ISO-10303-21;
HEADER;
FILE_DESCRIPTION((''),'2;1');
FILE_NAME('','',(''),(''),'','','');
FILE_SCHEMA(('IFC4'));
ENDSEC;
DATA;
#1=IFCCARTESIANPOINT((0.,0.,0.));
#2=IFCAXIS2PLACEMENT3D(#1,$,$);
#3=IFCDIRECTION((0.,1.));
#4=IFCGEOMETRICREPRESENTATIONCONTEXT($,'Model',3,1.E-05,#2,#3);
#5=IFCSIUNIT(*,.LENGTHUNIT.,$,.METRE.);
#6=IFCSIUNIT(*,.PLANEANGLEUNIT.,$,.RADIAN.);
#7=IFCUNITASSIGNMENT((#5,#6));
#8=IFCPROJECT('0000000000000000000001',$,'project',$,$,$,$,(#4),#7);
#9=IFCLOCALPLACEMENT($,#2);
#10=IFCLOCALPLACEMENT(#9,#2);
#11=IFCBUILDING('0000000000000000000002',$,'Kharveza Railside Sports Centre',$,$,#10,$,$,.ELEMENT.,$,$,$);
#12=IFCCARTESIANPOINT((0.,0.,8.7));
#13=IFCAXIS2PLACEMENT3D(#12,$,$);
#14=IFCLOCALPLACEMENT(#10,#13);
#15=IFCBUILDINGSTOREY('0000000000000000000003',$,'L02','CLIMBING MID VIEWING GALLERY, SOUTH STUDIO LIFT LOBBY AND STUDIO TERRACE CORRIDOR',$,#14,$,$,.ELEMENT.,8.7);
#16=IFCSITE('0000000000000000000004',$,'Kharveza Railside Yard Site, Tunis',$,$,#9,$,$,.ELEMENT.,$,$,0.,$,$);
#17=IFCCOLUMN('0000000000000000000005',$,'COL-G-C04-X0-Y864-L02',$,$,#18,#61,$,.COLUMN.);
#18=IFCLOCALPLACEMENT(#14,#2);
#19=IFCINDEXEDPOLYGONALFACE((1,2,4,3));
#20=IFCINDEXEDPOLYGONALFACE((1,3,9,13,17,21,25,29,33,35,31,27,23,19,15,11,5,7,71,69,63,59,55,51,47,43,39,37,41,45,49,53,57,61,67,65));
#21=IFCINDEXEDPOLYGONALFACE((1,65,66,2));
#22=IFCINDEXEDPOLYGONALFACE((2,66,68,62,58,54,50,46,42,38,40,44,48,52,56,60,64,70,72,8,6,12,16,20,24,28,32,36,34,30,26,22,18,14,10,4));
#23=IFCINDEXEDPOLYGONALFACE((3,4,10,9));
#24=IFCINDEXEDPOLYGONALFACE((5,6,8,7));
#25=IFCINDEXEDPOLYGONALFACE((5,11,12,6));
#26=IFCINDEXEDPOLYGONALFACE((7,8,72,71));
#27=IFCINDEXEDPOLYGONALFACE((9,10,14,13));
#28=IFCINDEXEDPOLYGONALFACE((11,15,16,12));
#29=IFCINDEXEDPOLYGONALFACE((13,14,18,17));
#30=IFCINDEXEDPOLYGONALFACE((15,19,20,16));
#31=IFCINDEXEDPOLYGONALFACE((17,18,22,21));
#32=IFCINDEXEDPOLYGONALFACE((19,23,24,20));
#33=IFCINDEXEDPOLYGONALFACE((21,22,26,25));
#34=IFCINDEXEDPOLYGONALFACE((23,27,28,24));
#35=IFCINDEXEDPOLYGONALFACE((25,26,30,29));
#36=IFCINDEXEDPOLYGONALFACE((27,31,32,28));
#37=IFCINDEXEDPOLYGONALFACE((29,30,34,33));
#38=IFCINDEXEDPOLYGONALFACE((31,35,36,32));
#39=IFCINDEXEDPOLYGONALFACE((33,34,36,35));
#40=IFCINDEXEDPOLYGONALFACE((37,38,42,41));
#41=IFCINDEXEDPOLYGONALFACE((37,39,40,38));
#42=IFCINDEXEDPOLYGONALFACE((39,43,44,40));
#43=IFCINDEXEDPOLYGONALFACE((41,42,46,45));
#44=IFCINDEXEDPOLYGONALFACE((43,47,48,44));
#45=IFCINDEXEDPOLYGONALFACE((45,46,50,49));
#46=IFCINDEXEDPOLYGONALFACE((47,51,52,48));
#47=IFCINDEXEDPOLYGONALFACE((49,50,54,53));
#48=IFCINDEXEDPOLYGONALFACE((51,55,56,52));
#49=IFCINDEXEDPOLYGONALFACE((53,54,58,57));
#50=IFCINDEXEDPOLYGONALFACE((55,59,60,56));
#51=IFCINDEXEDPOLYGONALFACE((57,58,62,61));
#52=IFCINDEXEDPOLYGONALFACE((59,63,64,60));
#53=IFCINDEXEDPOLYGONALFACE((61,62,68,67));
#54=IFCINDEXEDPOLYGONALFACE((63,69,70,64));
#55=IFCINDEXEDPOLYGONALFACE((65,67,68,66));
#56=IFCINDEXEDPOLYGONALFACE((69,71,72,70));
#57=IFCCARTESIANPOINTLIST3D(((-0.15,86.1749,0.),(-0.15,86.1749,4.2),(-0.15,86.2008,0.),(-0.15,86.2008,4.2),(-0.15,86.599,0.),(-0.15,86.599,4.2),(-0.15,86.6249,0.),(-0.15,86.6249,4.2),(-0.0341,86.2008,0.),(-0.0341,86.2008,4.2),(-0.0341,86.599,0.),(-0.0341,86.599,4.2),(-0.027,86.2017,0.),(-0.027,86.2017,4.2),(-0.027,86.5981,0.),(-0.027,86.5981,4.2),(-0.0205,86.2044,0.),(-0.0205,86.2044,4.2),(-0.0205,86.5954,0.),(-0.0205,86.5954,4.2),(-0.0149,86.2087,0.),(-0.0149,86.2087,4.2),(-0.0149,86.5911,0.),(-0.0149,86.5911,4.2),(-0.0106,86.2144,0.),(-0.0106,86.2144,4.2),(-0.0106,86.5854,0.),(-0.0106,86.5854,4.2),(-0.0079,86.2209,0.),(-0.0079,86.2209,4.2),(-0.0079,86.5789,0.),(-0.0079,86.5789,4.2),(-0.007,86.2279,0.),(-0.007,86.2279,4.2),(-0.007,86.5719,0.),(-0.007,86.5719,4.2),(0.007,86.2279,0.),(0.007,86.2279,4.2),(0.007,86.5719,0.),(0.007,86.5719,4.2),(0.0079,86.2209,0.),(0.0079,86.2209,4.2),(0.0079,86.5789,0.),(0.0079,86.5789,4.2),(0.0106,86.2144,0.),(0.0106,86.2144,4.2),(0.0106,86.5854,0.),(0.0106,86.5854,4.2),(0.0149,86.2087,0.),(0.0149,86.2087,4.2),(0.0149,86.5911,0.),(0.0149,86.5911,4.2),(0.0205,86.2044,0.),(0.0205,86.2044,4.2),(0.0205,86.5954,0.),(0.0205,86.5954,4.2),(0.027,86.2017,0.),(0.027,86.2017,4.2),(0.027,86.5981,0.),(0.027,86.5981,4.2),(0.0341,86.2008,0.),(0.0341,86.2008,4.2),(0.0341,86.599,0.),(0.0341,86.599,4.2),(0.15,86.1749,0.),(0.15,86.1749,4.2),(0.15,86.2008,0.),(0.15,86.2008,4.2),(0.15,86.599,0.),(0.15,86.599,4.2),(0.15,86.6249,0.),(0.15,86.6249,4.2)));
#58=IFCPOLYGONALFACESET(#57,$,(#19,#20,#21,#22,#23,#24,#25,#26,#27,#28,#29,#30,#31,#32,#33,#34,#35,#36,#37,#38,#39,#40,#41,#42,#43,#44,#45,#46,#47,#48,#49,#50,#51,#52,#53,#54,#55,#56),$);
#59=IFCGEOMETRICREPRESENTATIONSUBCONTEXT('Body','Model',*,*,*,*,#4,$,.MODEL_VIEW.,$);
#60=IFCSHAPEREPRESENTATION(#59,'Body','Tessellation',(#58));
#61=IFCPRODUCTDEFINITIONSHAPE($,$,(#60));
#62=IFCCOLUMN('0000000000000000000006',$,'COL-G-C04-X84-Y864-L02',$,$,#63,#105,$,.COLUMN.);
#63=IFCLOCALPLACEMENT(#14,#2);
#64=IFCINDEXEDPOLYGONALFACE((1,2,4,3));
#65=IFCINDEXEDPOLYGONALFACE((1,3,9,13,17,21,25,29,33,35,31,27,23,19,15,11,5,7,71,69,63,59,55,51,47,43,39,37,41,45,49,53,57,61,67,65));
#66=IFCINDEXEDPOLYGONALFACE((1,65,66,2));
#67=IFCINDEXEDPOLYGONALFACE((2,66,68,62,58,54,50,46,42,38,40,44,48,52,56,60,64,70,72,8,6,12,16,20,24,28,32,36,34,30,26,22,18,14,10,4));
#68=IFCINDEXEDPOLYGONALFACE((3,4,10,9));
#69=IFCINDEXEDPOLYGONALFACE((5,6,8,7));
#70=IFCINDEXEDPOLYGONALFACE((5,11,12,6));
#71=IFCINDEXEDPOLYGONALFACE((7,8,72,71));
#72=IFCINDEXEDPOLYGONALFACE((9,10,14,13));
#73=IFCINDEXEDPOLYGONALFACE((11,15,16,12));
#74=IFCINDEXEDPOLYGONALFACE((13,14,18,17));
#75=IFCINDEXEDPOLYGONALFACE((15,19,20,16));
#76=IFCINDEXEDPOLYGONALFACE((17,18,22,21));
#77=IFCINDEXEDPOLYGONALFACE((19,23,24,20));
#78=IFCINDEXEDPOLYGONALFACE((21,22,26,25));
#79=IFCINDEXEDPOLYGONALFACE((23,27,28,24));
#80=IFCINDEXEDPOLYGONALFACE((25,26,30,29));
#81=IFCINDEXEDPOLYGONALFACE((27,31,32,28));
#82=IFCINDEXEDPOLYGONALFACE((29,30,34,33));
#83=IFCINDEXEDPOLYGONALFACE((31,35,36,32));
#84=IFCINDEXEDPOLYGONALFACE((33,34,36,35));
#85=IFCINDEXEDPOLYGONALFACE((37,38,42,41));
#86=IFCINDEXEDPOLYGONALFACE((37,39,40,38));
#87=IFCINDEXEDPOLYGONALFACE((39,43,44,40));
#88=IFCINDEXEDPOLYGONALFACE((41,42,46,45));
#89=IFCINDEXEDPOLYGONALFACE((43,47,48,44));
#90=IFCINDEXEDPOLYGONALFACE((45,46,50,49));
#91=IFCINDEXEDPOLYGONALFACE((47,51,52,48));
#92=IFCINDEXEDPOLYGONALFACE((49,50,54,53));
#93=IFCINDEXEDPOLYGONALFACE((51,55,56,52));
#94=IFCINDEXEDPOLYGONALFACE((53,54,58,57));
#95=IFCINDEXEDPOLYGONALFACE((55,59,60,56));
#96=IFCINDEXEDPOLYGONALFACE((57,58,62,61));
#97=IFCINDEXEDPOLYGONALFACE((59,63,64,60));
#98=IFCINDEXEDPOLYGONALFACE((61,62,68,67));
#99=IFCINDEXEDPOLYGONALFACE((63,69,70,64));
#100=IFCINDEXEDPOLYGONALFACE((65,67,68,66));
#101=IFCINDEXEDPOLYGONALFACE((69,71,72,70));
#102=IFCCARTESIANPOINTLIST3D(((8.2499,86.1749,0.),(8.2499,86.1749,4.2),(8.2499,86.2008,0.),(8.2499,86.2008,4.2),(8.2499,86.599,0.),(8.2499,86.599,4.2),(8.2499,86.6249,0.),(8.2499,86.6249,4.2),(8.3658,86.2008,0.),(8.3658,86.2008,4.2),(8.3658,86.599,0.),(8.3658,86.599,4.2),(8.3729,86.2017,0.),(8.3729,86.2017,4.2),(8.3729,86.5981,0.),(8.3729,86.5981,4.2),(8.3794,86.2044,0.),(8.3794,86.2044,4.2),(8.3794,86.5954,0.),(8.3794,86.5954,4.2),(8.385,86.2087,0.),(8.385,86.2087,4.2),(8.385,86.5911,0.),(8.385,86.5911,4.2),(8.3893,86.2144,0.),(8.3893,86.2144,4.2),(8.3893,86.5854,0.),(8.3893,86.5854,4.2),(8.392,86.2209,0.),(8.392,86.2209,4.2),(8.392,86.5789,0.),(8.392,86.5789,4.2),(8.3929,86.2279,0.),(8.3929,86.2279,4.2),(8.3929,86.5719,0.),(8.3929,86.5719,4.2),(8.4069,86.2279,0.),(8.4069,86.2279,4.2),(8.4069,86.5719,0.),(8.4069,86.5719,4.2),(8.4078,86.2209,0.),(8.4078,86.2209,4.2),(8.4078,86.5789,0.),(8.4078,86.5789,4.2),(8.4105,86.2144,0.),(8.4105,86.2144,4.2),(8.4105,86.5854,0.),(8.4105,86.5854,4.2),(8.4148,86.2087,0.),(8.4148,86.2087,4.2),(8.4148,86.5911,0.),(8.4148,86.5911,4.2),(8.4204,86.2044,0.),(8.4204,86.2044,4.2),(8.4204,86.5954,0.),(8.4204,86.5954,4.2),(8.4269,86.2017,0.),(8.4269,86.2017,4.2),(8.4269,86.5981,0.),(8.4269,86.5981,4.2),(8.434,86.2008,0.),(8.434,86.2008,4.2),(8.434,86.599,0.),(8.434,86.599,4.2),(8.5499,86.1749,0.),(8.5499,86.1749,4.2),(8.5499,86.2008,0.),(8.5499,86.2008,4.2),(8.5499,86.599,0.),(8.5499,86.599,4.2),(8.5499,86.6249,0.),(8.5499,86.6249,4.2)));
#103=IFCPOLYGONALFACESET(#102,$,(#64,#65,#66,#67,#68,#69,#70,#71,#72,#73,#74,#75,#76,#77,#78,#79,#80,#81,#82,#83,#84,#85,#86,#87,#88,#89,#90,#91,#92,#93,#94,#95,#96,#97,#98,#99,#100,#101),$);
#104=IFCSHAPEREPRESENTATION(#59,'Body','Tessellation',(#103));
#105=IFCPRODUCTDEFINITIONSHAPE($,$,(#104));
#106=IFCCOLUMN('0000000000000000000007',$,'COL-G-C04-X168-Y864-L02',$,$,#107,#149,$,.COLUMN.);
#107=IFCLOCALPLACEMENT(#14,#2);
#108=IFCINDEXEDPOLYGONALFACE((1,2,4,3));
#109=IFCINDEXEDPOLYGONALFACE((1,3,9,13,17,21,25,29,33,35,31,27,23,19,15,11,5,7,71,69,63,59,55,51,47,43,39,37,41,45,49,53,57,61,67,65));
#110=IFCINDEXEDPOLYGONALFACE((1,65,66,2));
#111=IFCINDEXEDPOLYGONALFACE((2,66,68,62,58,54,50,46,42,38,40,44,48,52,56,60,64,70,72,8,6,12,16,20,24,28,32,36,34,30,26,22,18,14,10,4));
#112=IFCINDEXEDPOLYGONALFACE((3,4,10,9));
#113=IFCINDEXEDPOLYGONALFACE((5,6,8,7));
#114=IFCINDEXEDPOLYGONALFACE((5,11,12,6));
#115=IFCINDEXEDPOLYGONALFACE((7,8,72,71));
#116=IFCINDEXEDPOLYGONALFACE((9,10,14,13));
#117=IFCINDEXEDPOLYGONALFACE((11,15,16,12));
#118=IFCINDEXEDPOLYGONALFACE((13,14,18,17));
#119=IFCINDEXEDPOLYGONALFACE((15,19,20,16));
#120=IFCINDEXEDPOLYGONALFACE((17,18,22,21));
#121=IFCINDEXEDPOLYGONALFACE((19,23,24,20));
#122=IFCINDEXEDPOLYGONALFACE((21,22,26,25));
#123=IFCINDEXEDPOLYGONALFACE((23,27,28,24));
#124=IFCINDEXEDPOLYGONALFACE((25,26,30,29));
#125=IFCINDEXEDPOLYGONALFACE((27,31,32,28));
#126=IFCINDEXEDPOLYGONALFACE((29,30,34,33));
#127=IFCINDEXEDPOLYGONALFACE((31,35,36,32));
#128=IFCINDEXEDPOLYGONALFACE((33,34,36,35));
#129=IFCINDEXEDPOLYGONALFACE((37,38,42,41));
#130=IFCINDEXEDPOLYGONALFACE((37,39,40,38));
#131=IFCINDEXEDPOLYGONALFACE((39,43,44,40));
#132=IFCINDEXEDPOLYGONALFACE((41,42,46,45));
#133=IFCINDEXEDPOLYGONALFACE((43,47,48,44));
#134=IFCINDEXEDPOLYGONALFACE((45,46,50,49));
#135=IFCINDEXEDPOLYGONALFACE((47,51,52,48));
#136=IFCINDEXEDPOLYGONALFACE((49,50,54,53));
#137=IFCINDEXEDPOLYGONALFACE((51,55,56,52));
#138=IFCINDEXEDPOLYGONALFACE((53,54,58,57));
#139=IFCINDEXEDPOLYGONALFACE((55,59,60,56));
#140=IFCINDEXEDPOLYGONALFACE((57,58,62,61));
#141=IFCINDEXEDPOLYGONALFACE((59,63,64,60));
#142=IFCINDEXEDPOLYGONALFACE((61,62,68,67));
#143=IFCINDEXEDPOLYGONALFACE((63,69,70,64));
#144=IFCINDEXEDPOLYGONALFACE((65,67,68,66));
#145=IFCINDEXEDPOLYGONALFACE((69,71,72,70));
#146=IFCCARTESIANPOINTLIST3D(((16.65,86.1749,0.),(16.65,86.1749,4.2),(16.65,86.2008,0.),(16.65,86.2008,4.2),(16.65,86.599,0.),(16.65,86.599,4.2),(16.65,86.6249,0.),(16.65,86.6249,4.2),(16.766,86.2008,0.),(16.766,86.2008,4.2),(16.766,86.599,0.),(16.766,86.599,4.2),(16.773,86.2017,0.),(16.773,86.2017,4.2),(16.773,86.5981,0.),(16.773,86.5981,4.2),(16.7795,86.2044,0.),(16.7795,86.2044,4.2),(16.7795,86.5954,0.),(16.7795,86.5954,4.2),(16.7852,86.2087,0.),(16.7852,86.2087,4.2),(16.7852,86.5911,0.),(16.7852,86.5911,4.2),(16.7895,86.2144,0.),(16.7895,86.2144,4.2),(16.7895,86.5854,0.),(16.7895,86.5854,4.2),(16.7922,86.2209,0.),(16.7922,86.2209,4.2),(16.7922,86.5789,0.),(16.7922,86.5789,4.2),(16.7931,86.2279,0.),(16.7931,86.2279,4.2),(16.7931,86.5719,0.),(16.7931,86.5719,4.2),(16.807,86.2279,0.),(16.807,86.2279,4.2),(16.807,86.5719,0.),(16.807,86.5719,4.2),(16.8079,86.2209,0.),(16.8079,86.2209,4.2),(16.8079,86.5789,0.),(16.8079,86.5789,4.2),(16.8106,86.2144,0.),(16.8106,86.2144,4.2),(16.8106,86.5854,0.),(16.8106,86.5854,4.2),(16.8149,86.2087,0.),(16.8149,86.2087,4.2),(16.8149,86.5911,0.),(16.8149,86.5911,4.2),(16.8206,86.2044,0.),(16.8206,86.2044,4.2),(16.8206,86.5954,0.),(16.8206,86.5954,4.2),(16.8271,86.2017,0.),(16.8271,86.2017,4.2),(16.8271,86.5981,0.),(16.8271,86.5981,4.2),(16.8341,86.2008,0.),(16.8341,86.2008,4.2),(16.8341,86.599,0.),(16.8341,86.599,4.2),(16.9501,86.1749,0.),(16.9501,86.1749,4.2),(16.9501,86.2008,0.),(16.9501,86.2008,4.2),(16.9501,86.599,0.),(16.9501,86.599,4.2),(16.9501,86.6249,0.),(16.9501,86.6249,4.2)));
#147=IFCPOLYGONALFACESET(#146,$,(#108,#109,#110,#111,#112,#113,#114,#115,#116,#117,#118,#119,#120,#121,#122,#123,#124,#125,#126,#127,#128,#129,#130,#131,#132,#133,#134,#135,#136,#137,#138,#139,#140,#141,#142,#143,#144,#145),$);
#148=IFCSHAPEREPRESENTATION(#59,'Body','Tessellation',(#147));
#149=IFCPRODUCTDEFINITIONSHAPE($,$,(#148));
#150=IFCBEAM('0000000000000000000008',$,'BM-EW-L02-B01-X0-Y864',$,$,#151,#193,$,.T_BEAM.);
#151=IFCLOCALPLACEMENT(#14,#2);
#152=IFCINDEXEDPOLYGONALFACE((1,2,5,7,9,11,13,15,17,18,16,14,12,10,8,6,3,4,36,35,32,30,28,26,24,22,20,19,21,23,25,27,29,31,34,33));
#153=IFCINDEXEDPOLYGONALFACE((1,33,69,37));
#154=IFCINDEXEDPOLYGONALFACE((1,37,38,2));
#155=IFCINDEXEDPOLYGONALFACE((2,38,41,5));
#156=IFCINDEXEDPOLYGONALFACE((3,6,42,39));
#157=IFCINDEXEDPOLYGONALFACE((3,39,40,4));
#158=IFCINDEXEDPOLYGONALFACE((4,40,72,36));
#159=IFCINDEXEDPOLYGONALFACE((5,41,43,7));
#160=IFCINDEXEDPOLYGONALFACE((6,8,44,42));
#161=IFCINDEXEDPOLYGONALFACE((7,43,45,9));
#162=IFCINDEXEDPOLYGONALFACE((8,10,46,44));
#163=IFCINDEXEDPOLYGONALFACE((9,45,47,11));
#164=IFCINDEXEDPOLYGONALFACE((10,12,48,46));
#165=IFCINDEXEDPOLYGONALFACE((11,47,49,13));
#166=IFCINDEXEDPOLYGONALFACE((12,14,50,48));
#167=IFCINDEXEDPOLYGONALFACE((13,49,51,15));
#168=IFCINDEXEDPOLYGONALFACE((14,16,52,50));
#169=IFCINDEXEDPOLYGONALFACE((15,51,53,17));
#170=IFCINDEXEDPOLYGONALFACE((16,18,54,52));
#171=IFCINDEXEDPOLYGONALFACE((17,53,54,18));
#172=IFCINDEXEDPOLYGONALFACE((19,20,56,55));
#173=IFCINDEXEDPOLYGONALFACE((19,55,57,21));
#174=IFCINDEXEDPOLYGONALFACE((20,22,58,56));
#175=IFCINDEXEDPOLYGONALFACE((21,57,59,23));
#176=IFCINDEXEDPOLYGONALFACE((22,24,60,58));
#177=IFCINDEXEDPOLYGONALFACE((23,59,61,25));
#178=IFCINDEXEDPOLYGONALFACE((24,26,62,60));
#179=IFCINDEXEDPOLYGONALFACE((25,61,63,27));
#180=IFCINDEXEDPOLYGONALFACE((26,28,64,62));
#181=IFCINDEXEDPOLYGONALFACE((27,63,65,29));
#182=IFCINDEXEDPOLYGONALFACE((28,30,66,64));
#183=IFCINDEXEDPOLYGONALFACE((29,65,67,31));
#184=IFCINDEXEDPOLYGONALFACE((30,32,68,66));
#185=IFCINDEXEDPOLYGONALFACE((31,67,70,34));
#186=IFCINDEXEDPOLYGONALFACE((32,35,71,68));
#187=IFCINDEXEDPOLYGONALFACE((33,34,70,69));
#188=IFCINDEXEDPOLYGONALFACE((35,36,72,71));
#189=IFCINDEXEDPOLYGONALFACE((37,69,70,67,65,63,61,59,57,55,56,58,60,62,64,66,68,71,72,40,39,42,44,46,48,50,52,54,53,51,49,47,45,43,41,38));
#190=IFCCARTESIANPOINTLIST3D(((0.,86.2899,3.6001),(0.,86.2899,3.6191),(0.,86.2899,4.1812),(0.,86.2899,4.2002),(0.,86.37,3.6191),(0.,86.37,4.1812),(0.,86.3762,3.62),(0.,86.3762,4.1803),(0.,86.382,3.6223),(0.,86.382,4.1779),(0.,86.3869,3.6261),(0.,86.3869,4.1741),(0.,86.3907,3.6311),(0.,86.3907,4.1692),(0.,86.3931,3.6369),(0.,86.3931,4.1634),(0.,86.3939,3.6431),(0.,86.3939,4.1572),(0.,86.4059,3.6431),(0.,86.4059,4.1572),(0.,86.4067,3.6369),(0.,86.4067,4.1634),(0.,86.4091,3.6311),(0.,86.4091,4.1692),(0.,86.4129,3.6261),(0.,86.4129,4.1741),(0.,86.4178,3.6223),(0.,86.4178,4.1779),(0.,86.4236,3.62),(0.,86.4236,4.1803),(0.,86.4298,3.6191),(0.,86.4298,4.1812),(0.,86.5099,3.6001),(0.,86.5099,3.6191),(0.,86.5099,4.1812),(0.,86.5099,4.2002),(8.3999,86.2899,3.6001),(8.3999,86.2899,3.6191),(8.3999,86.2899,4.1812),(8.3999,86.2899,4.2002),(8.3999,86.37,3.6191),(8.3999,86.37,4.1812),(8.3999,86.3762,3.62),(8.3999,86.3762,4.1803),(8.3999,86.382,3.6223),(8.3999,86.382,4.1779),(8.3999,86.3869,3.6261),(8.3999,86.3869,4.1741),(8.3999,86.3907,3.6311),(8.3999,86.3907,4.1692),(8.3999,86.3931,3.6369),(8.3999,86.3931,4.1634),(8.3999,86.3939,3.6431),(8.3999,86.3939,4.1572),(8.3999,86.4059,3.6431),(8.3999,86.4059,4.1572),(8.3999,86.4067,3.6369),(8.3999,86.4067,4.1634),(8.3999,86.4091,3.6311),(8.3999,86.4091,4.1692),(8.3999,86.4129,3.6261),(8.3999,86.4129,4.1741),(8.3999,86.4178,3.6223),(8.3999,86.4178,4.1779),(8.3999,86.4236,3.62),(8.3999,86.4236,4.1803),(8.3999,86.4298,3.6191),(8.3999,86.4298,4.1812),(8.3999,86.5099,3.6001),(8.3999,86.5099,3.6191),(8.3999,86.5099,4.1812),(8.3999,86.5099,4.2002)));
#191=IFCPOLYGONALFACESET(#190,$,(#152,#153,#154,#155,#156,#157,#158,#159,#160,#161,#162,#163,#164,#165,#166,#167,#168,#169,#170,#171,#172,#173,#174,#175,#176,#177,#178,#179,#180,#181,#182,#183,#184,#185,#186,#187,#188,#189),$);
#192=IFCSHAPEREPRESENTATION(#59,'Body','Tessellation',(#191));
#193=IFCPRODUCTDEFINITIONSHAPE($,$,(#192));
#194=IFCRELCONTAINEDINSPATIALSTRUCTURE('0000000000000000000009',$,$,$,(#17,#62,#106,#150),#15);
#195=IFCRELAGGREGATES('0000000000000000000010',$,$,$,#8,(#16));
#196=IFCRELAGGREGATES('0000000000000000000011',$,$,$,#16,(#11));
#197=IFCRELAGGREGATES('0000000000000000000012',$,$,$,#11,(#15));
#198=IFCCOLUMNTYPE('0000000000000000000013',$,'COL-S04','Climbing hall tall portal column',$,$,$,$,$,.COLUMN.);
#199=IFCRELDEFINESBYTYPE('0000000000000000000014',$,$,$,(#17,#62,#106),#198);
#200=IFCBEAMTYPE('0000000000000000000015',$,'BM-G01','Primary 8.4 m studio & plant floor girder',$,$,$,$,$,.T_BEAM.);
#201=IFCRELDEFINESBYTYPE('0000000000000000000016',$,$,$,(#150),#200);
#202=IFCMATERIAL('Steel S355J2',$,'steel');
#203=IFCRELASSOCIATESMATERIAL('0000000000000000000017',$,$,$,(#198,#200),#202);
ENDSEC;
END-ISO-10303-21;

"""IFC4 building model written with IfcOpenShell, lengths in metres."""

from ifc_helpers import new_model, si_unit, direction, frame, origin, origin_2d, place, context, subcontext, project, spatial, i_section, extrude, material, material_profile, profile_set, type_object, element, save


model = new_model("IFC4")

# Units and contexts
model_context = context("Model", 3, precision=1e-05, world=origin(), true_north=direction((0.0, 1.0)))
body_context = subcontext(model_context, "Body", "Model", "MODEL_VIEW")
ifc_project = project(units=[si_unit("LENGTHUNIT", "METRE"), si_unit("PLANEANGLEUNIT", "RADIAN")], contexts=[model_context])

# Site, building, storey
site_placement = place(None, origin())
site = spatial("IfcSite", under=ifc_project, at=site_placement, Name="Kharveza Railside Yard Site, Tunis", CompositionType="ELEMENT", RefElevation=0.0)
building_placement = place(site_placement, origin())
building = spatial("IfcBuilding", under=site, at=building_placement, Name="Kharveza Railside Sports Centre", CompositionType="ELEMENT")
storey_placement = place(building_placement, frame((0.0, 0.0, 8.7)))
storey = spatial("IfcBuildingStorey", under=building, at=storey_placement, Name="L02", Description="CLIMBING MID VIEWING GALLERY, SOUTH STUDIO LIFT LOBBY AND STUDIO TERRACE CORRIDOR", CompositionType="ELEMENT", Elevation=8.7)

# Columns
ifc_material_1 = material(Name="Steel S355J2", Category="steel")
ifc_material_profile_1 = material_profile(ifc_material_1, i_section(OverallWidth=0.3, OverallDepth=0.45, WebThickness=0.0139, FlangeThickness=0.0259, FilletRadius=0.0271, at=origin_2d()), Name="HEB 450")
ifc_profile_set_1 = profile_set([ifc_material_profile_1], Name="Steel S355J2")
column_type = type_object("IfcColumnType", Name="COL-S04", Description="Climbing hall tall portal column", PredefinedType="COLUMN", material=ifc_profile_set_1)
for number, where, z_axis, x_axis, name in (
    (1, (0.0, 86.3999, 0.0), (0.0, 0.0, 1.0), (1.0, 0.0, 0.0), "COL-G-C04-X0-Y864-L02"),
    (2, (8.3999, 86.3999, 0.0), (0.0, 0.0, 1.0), (1.0, 0.0, 0.0), "COL-G-C04-X84-Y864-L02"),
    (3, (16.8, 86.3999, 0.0), (0.0, 0.0, 1.0), (1.0, 0.0, 0.0), "COL-G-C04-X168-Y864-L02"),
):
    element("IfcColumn", number, at=place(storey_placement, frame(where, z_axis=z_axis, x_axis=x_axis)), inside=storey, type_object=column_type, Name=name, PredefinedType="COLUMN", context=body_context, shape_type="SweptSolid", body=[
        extrude(i_section(OverallWidth=0.3, OverallDepth=0.45, WebThickness=0.0139, FlangeThickness=0.0259, FilletRadius=0.0271, at=origin_2d()), origin(), (0.0, 0.0, 1.0), 4.2),
    ])

# Beam
ifc_material_profile_2 = material_profile(ifc_material_1, i_section(OverallWidth=0.22, OverallDepth=0.6001, WebThickness=0.012, FlangeThickness=0.019, FilletRadius=0.0239, at=origin_2d()), Name="IPE 600")
ifc_profile_set_2 = profile_set([ifc_material_profile_2], Name="Steel S355J2")
beam_type_1 = type_object("IfcBeamType", Name="BM-G01", Description="Primary 8.4 m studio & plant floor girder", PredefinedType="T_BEAM", material=ifc_profile_set_2)
beam_1_placement = place(storey_placement, frame((0.0, 86.3999, 3.9001), z_axis=(1.0, 0.0, 0.0), x_axis=(0.0, 1.0, 0.0)))
element("IfcBeam", 4, at=beam_1_placement, inside=storey, type_object=beam_type_1, Name="BM-EW-L02-B01-X0-Y864", PredefinedType="T_BEAM", context=body_context, shape_type="SweptSolid", body=[
    extrude(i_section(OverallWidth=0.22, OverallDepth=0.6001, WebThickness=0.012, FlangeThickness=0.019, FilletRadius=0.0239, at=origin_2d()), origin(), (0.0, 0.0, 1.0), 8.3999),
])

save(model, "model.ifc")
